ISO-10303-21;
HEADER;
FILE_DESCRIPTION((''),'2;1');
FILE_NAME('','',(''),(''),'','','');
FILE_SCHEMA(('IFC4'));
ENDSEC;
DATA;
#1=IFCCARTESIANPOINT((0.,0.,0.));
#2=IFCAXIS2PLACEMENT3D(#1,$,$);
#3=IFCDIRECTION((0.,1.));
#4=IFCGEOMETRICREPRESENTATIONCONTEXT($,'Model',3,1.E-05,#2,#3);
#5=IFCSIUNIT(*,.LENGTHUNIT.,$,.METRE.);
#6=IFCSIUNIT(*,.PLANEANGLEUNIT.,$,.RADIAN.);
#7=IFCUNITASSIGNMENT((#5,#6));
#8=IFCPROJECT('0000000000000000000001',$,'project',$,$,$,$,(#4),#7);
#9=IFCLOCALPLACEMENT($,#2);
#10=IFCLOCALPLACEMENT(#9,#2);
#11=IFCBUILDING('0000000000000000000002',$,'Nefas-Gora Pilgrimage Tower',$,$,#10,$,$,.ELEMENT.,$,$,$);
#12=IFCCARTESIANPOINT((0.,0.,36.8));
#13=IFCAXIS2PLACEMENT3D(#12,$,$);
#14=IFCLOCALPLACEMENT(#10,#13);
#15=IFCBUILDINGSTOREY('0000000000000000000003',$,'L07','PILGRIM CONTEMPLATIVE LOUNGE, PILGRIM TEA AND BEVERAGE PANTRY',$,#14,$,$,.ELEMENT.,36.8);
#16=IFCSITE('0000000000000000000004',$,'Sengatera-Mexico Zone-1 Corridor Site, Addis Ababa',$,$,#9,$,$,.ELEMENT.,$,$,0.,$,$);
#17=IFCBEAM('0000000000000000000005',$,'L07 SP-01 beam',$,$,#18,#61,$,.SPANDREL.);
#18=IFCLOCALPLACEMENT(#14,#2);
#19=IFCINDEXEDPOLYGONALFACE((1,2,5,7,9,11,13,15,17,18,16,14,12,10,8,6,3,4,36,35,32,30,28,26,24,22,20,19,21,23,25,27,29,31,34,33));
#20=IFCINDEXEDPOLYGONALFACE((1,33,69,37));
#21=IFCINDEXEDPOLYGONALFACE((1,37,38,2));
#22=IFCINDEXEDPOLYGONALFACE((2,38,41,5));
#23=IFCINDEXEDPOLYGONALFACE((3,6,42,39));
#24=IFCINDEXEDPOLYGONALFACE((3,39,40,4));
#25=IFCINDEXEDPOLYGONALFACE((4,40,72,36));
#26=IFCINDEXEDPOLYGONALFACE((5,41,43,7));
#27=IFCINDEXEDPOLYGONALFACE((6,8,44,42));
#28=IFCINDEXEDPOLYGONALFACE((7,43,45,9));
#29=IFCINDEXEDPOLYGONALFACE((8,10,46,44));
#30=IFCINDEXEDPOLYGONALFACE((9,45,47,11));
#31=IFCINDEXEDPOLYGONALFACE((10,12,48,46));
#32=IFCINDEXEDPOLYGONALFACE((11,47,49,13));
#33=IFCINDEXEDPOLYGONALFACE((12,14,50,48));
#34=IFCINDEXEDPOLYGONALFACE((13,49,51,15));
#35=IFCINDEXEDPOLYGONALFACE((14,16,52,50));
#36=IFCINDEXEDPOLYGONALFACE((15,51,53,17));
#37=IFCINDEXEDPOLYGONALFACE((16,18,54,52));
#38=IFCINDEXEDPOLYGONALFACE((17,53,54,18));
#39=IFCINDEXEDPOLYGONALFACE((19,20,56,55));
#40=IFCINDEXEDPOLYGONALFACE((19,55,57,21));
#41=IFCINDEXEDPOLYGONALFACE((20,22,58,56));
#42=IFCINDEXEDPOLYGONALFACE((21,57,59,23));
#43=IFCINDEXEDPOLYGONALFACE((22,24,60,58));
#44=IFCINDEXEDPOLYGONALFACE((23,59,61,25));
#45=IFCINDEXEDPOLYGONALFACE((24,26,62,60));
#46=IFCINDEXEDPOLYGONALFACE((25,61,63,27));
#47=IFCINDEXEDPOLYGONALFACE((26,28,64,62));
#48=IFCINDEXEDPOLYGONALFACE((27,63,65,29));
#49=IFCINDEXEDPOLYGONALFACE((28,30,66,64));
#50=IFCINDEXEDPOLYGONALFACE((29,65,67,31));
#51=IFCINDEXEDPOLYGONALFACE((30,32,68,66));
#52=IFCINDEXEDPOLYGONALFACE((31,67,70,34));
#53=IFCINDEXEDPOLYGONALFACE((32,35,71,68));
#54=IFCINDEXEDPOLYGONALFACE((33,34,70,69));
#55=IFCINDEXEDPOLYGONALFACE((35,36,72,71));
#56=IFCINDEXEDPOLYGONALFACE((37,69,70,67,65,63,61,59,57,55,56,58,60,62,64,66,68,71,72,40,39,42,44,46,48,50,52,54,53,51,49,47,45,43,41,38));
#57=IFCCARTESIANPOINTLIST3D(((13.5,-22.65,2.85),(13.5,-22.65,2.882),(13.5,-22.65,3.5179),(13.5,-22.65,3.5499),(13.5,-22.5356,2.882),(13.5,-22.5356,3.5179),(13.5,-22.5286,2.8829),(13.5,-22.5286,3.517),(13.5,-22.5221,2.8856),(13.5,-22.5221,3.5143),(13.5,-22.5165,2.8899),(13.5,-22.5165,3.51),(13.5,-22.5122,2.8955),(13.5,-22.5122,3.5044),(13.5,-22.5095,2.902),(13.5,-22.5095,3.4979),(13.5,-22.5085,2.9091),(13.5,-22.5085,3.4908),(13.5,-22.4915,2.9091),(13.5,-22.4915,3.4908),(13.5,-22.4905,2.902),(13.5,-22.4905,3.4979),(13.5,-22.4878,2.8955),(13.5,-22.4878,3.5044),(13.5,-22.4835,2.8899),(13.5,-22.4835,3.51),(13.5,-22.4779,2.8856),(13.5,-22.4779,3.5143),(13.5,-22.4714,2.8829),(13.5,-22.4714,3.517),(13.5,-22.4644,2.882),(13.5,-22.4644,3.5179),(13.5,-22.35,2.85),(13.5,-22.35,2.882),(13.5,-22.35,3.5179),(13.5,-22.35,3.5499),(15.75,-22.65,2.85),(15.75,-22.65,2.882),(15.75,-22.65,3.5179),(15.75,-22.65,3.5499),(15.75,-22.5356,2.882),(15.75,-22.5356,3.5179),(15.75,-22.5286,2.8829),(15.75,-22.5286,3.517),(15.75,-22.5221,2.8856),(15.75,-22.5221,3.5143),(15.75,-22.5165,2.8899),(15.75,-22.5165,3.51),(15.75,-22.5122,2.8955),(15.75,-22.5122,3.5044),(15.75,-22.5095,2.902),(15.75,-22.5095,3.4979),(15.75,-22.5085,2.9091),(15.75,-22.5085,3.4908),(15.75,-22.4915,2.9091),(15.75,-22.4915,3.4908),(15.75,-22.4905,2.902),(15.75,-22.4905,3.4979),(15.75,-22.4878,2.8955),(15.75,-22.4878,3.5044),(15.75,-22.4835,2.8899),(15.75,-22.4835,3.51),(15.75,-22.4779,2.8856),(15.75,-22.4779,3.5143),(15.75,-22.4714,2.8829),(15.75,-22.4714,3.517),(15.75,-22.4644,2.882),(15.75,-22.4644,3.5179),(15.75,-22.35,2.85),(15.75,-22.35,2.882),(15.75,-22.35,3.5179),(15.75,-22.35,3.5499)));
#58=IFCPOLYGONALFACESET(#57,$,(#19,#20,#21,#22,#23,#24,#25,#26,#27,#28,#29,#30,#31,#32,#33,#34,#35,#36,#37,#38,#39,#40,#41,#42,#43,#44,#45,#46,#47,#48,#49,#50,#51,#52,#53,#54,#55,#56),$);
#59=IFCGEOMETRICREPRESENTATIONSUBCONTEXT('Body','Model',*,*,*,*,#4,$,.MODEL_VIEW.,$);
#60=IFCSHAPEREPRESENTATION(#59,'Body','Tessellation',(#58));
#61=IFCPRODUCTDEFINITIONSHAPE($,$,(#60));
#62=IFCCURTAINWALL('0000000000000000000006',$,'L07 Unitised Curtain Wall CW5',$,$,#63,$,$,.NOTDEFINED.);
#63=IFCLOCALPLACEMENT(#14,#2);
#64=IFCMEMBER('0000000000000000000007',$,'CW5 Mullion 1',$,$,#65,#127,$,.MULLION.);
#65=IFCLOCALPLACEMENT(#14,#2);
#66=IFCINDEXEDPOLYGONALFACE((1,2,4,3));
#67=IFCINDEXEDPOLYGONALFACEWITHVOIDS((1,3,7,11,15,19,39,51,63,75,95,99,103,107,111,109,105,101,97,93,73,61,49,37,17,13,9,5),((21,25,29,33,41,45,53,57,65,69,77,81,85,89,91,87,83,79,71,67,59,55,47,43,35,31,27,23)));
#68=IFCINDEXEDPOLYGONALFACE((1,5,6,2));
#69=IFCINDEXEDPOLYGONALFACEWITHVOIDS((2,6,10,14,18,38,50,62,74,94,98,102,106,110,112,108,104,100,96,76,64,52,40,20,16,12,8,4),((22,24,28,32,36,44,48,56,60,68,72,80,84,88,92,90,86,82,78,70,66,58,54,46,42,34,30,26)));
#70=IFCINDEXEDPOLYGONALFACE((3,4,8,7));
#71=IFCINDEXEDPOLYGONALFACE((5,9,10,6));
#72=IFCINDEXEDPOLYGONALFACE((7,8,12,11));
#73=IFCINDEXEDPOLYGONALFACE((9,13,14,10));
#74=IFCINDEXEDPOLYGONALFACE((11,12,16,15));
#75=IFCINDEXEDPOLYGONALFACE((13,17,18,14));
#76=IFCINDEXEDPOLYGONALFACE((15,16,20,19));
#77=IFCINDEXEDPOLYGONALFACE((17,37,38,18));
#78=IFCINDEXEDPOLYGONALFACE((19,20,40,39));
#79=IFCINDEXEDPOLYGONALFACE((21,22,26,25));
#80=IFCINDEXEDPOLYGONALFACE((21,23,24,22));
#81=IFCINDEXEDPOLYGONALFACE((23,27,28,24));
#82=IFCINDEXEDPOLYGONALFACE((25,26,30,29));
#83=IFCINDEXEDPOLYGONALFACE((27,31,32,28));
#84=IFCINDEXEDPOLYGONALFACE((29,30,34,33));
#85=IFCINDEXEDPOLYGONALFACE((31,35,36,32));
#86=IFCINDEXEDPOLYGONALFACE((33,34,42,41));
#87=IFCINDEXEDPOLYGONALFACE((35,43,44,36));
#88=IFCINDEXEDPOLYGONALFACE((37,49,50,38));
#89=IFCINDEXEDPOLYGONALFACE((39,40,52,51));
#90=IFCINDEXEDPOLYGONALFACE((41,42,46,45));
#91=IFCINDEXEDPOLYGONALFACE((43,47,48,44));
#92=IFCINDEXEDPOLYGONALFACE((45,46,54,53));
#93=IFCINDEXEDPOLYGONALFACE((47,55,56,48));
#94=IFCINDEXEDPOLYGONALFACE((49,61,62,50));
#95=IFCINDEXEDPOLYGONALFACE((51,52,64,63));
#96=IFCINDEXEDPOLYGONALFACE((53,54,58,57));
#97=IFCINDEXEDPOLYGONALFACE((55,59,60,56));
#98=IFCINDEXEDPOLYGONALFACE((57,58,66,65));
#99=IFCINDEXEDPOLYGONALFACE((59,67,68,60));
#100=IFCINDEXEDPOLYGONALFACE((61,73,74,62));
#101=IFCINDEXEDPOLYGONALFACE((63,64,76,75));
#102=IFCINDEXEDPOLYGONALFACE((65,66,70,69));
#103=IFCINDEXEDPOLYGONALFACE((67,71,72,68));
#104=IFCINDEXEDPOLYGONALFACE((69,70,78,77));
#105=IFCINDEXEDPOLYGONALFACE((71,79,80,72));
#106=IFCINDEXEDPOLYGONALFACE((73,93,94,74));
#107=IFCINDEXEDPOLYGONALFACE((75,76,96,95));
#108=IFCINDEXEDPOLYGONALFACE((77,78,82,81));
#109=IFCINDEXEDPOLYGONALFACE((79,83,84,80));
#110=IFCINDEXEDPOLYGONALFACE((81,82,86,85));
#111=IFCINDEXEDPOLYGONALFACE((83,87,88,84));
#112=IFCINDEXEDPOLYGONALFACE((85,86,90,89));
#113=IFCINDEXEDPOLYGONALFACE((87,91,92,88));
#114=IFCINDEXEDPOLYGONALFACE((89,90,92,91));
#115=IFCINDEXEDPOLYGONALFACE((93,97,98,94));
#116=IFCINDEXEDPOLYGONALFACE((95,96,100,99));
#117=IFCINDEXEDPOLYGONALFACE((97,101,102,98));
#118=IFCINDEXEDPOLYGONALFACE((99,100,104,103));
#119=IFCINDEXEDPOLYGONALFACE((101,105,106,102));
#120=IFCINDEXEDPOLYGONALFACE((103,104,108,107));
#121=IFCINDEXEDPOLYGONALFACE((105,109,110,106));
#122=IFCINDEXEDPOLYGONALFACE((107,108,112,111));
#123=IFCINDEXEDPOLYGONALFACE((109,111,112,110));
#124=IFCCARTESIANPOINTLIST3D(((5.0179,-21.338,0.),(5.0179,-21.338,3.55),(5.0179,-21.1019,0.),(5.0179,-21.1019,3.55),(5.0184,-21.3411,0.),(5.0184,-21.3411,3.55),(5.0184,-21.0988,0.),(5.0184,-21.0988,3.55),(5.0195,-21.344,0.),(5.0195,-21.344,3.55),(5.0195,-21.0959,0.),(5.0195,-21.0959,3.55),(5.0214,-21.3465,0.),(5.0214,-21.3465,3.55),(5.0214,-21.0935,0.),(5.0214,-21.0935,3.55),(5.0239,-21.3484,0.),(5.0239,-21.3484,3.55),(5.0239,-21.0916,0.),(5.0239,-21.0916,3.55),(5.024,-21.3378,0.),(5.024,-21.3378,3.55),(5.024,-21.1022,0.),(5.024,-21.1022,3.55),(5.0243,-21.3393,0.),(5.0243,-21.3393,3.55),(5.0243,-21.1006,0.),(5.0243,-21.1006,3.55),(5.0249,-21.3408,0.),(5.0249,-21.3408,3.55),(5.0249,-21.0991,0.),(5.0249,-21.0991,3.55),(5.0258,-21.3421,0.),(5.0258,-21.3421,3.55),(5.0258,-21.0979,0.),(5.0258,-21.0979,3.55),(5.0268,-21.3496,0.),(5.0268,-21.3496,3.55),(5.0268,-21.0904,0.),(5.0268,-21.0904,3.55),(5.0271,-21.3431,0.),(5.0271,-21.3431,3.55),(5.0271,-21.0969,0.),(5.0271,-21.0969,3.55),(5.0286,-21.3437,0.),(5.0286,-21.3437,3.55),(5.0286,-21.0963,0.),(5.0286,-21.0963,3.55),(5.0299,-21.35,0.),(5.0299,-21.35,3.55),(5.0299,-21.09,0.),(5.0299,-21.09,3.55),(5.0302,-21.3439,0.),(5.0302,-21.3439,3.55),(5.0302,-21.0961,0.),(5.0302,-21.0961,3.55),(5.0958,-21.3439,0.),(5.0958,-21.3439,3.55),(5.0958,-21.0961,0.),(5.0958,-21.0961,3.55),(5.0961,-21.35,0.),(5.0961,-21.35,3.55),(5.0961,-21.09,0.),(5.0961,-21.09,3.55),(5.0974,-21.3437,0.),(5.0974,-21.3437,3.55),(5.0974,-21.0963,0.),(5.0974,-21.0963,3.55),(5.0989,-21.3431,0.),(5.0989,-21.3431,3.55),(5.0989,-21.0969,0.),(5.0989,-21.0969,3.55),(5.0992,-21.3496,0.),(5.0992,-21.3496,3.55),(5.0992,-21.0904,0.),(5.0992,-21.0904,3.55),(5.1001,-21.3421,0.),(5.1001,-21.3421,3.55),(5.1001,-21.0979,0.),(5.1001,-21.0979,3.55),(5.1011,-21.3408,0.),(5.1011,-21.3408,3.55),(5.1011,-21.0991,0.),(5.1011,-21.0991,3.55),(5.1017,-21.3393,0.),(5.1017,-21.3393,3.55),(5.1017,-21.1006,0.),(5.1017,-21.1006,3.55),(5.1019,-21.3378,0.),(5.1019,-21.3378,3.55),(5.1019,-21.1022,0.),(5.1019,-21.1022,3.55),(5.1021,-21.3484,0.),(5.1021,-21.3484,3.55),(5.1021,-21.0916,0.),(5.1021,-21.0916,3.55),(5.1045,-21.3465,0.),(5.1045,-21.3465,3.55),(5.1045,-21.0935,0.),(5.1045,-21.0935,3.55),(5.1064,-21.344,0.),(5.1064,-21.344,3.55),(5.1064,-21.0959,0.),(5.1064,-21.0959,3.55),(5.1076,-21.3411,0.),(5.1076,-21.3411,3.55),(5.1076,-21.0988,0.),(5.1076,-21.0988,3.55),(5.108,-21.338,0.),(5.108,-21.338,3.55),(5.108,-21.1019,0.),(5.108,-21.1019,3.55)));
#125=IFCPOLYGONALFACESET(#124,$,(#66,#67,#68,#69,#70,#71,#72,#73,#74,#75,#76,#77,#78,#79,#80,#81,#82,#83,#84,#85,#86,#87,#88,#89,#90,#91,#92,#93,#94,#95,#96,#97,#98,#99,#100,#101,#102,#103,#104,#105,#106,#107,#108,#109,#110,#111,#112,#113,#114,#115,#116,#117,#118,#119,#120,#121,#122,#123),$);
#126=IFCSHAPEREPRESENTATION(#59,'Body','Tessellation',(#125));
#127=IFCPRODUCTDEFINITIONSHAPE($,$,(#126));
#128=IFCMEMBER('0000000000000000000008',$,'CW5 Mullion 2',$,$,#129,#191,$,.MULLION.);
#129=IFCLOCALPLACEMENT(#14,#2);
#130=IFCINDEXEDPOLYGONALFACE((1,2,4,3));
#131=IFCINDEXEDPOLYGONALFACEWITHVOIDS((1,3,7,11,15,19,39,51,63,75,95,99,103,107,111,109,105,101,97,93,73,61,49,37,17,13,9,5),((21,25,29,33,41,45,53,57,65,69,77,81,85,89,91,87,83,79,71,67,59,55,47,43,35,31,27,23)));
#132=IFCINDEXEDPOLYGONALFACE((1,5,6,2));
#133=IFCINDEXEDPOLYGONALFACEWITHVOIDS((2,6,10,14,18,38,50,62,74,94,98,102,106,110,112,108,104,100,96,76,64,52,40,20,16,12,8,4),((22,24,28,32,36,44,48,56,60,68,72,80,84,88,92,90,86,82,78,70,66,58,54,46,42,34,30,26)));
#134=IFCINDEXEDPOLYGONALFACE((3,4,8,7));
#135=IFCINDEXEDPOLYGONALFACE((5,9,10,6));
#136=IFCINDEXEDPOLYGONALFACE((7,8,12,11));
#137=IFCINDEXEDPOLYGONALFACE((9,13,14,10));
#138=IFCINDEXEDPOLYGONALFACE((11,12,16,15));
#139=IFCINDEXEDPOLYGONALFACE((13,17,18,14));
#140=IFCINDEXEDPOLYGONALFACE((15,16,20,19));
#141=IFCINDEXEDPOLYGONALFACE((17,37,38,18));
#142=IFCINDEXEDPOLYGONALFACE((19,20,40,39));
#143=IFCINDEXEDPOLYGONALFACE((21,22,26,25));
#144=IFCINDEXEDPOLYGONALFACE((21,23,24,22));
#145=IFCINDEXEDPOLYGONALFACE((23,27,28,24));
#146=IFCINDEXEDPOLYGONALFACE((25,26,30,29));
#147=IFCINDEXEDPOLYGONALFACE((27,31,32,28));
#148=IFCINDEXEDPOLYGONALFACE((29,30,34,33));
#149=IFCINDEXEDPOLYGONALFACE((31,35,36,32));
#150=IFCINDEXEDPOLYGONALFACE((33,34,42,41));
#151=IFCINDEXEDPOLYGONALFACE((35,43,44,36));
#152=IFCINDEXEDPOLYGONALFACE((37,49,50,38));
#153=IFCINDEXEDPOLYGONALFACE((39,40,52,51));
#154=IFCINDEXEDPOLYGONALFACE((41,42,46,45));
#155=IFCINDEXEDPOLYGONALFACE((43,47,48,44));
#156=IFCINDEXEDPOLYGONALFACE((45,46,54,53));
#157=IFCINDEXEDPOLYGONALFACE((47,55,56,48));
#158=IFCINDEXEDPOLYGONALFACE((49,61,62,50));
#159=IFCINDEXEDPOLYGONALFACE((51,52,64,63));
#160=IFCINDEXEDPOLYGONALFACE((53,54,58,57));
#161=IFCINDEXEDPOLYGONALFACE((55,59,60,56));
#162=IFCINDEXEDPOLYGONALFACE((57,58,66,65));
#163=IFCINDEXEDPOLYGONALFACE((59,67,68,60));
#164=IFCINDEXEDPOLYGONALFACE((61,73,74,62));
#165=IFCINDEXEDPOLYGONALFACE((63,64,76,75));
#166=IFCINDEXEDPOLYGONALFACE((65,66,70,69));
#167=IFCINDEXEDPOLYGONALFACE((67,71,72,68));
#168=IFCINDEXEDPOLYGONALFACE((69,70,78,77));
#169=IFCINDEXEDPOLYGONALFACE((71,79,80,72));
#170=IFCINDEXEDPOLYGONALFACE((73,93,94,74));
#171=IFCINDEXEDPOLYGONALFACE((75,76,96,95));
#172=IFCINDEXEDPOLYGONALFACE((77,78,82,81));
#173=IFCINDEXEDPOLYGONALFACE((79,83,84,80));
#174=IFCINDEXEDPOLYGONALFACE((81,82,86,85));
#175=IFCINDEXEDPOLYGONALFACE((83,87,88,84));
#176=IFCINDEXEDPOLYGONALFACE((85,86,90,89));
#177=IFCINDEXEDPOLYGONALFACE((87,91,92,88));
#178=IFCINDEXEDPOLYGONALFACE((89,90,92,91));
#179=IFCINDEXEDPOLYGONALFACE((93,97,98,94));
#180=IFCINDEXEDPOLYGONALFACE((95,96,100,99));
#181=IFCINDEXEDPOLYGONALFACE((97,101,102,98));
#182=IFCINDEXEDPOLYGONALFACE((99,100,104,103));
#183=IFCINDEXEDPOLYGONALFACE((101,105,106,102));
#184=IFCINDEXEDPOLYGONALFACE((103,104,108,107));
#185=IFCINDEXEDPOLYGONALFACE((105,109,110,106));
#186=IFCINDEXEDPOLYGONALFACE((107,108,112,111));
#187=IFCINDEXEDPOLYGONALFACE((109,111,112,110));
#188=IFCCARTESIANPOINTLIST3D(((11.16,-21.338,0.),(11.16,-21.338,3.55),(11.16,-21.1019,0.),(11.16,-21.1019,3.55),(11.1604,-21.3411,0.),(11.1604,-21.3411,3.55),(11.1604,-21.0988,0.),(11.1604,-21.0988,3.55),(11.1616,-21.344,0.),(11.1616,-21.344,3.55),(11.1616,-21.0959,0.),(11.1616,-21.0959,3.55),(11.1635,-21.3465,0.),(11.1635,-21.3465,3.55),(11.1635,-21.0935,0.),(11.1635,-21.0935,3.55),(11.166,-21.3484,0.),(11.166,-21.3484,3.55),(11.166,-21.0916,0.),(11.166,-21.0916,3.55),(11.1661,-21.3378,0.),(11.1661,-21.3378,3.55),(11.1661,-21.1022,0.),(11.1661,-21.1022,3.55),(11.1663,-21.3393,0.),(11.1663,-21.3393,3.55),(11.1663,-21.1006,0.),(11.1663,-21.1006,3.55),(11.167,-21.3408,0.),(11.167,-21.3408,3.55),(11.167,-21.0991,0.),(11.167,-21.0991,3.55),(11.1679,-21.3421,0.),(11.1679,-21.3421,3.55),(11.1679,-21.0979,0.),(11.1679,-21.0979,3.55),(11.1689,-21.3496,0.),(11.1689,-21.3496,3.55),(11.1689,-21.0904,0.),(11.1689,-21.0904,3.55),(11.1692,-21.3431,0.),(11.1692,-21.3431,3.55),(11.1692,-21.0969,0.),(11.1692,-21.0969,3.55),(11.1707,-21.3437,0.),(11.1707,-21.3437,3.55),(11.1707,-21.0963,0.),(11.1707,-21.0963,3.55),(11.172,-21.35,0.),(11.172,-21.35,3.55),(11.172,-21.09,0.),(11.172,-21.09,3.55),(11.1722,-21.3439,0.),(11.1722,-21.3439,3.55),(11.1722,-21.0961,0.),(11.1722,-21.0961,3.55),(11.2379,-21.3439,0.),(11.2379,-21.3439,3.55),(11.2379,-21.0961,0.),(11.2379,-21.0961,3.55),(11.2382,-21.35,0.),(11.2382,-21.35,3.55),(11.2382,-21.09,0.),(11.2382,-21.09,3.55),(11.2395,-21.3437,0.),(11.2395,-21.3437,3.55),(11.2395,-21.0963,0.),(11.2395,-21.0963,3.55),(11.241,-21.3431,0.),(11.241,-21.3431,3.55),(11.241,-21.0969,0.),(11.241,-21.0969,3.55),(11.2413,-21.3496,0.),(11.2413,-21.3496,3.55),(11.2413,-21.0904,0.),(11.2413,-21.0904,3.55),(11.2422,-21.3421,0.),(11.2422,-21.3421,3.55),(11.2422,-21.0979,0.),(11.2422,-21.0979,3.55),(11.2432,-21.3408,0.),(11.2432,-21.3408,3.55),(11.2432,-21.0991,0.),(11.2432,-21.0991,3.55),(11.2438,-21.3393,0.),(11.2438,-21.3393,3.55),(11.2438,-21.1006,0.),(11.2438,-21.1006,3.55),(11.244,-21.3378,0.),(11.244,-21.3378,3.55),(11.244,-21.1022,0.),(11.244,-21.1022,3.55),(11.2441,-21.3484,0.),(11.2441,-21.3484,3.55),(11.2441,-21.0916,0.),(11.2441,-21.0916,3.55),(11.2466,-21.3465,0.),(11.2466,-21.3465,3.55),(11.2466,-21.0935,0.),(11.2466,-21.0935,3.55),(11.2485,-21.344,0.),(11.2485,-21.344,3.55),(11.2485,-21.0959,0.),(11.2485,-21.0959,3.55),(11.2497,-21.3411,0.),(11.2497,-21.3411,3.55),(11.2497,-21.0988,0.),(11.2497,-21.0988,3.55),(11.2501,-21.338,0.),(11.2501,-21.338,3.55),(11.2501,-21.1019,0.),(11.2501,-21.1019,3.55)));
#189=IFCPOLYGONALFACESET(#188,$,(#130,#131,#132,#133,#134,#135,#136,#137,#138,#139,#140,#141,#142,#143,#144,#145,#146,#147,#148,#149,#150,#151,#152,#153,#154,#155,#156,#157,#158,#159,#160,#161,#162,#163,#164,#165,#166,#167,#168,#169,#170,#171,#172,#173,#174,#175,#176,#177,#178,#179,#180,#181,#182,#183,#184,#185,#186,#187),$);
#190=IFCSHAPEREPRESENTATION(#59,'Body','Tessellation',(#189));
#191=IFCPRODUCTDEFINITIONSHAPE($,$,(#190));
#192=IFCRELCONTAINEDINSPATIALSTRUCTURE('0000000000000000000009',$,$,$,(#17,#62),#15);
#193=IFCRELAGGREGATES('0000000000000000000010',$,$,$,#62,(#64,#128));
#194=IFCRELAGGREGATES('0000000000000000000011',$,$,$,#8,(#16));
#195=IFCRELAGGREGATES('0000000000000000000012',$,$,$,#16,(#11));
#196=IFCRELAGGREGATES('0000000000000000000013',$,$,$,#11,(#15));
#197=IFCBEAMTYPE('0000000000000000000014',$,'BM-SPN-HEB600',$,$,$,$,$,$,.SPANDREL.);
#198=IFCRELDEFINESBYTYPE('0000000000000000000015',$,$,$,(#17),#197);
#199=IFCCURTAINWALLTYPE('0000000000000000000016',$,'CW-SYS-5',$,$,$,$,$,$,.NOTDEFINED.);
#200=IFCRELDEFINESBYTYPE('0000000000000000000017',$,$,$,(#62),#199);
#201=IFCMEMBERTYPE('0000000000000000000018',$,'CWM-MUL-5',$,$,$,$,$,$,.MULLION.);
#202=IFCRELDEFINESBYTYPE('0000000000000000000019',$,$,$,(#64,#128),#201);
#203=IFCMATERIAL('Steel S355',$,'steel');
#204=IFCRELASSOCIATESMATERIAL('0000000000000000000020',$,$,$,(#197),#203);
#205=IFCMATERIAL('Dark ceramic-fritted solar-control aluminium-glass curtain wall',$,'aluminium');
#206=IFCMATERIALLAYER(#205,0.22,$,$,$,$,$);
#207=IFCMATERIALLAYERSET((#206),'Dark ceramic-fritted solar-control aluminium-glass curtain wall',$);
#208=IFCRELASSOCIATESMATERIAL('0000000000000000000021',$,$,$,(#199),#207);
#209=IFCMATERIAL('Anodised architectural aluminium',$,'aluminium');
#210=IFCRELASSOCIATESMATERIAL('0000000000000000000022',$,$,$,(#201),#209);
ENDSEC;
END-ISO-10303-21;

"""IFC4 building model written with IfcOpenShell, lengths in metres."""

from ifc_helpers import new_model, si_unit, direction, frame, origin, origin_2d, place, context, subcontext, project, spatial, hollow_rectangle, i_section, extrude, source, transform, mapped, material, layer, layer_set, material_profile, profile_set, type_object, element, aggregate, save


model = new_model("IFC4")

# Units and contexts
model_context = context("Model", 3, precision=1e-05, world=origin(), true_north=direction((0.0, 1.0)))
body_context = subcontext(model_context, "Body", "Model", "MODEL_VIEW")
ifc_project = project(units=[si_unit("LENGTHUNIT", "METRE"), si_unit("PLANEANGLEUNIT", "RADIAN")], contexts=[model_context])

# Site, building, storey
site_placement = place(None, origin())
site = spatial("IfcSite", under=ifc_project, at=site_placement, Name="Sengatera-Mexico Zone-1 Corridor Site, Addis Ababa", CompositionType="ELEMENT", RefElevation=0.0)
building_placement = place(site_placement, origin())
building = spatial("IfcBuilding", under=site, at=building_placement, Name="Nefas-Gora Pilgrimage Tower", CompositionType="ELEMENT")
storey_placement = place(building_placement, frame((0.0, 0.0, 36.8)))
storey = spatial("IfcBuildingStorey", under=building, at=storey_placement, Name="L07", Description="PILGRIM CONTEMPLATIVE LOUNGE, PILGRIM TEA AND BEVERAGE PANTRY", CompositionType="ELEMENT", Elevation=36.8)

# Beam
ifc_material_1 = material(Name="Steel S355", Category="steel")
ifc_material_profile_1 = material_profile(ifc_material_1, i_section(OverallWidth=0.3, OverallDepth=0.7, WebThickness=0.0171, FlangeThickness=0.032, FilletRadius=0.0271, at=origin_2d()), Name="HEB 700")
ifc_profile_set_1 = profile_set([ifc_material_profile_1], Name="Steel S355")
beam_type_1 = type_object("IfcBeamType", Name="BM-SPN-HEB600", PredefinedType="SPANDREL", material=ifc_profile_set_1)
shared_shape_1 = source(origin(), body_context, "Body", "SweptSolid", [
    extrude(i_section(OverallWidth=0.3, OverallDepth=0.7, WebThickness=0.0171, FlangeThickness=0.032, FilletRadius=0.0271, at=origin_2d()), origin(), (0.0, 0.0, 1.0), 2.25),
])
beam_1_placement = place(storey_placement, frame((13.5, -22.5, 3.2), z_axis=(1.0, 0.0, 0.0), x_axis=(0.0, 1.0, 0.0)))
element("IfcBeam", 1, at=beam_1_placement, inside=storey, type_object=beam_type_1, Name="L07 SP-01 beam", PredefinedType="SPANDREL", context=body_context, shape_type="MappedRepresentation", body=[
    mapped(shared_shape_1, transform((0.0, 0.0, 0.0), x_axis=(1.0, 0.0, 0.0), y_axis=(0.0, 1.0, 0.0), z_axis=(0.0, 0.0, 1.0), scale=1.0)),
])

# Curtain wall, members
ifc_material_2 = material(Name="Dark ceramic-fritted solar-control aluminium-glass curtain wall", Category="aluminium")
ifc_layer_1 = layer(ifc_material_2, 0.22)
ifc_layer_set_1 = layer_set([ifc_layer_1], Name="Dark ceramic-fritted solar-control aluminium-glass curtain wall")
curtain_wall_type_1 = type_object("IfcCurtainWallType", Name="CW-SYS-5", PredefinedType="NOTDEFINED", material=ifc_layer_set_1)
curtain_wall_1_placement = place(storey_placement, origin())
curtain_wall_1 = element("IfcCurtainWall", 2, at=curtain_wall_1_placement, inside=storey, type_object=curtain_wall_type_1, Name="L07 Unitised Curtain Wall CW5", PredefinedType="NOTDEFINED")
ifc_material_3 = material(Name="Anodised architectural aluminium", Category="aluminium")
ifc_material_profile_2 = material_profile(ifc_material_3, hollow_rectangle(XDim=0.0901, YDim=0.26, WallThickness=0.0061, InnerFilletRadius=0.0061, OuterFilletRadius=0.012, at=origin_2d()), Name="ALU MULLION 90x260")
ifc_profile_set_2 = profile_set([ifc_material_profile_2], Name="Anodised architectural aluminium")
member_type_1 = type_object("IfcMemberType", Name="CWM-MUL-5", PredefinedType="MULLION", material=ifc_profile_set_2)
shared_shape_2 = source(origin(), body_context, "Body", "SweptSolid", [
    extrude(hollow_rectangle(XDim=0.0901, YDim=0.26, WallThickness=0.0061, InnerFilletRadius=0.0061, OuterFilletRadius=0.012, at=origin_2d()), origin(), (0.0, 0.0, 1.0), 3.55),
])
member_1_placement = place(storey_placement, frame((5.063, -21.22, 0.0), z_axis=(0.0, 0.0, 1.0), x_axis=(1.0, 0.0, 0.0)))
member_1 = element("IfcMember", 3, at=member_1_placement, type_object=member_type_1, Name="CW5 Mullion 1", PredefinedType="MULLION", context=body_context, shape_type="MappedRepresentation", body=[
    mapped(shared_shape_2, transform((0.0, 0.0, 0.0), x_axis=(1.0, 0.0, 0.0), y_axis=(0.0, 1.0, 0.0), z_axis=(0.0, 0.0, 1.0), scale=1.0)),
])
member_2_placement = place(storey_placement, frame((11.2051, -21.22, 0.0), z_axis=(0.0, 0.0, 1.0), x_axis=(1.0, 0.0, 0.0)))
member_2 = element("IfcMember", 4, at=member_2_placement, type_object=member_type_1, Name="CW5 Mullion 2", PredefinedType="MULLION", context=body_context, shape_type="MappedRepresentation", body=[
    mapped(shared_shape_2, transform((0.0, 0.0, 0.0), x_axis=(1.0, 0.0, 0.0), y_axis=(0.0, 1.0, 0.0), z_axis=(0.0, 0.0, 1.0), scale=1.0)),
])

aggregate(curtain_wall_1, [member_1, member_2])

save(model, "model.ifc")
